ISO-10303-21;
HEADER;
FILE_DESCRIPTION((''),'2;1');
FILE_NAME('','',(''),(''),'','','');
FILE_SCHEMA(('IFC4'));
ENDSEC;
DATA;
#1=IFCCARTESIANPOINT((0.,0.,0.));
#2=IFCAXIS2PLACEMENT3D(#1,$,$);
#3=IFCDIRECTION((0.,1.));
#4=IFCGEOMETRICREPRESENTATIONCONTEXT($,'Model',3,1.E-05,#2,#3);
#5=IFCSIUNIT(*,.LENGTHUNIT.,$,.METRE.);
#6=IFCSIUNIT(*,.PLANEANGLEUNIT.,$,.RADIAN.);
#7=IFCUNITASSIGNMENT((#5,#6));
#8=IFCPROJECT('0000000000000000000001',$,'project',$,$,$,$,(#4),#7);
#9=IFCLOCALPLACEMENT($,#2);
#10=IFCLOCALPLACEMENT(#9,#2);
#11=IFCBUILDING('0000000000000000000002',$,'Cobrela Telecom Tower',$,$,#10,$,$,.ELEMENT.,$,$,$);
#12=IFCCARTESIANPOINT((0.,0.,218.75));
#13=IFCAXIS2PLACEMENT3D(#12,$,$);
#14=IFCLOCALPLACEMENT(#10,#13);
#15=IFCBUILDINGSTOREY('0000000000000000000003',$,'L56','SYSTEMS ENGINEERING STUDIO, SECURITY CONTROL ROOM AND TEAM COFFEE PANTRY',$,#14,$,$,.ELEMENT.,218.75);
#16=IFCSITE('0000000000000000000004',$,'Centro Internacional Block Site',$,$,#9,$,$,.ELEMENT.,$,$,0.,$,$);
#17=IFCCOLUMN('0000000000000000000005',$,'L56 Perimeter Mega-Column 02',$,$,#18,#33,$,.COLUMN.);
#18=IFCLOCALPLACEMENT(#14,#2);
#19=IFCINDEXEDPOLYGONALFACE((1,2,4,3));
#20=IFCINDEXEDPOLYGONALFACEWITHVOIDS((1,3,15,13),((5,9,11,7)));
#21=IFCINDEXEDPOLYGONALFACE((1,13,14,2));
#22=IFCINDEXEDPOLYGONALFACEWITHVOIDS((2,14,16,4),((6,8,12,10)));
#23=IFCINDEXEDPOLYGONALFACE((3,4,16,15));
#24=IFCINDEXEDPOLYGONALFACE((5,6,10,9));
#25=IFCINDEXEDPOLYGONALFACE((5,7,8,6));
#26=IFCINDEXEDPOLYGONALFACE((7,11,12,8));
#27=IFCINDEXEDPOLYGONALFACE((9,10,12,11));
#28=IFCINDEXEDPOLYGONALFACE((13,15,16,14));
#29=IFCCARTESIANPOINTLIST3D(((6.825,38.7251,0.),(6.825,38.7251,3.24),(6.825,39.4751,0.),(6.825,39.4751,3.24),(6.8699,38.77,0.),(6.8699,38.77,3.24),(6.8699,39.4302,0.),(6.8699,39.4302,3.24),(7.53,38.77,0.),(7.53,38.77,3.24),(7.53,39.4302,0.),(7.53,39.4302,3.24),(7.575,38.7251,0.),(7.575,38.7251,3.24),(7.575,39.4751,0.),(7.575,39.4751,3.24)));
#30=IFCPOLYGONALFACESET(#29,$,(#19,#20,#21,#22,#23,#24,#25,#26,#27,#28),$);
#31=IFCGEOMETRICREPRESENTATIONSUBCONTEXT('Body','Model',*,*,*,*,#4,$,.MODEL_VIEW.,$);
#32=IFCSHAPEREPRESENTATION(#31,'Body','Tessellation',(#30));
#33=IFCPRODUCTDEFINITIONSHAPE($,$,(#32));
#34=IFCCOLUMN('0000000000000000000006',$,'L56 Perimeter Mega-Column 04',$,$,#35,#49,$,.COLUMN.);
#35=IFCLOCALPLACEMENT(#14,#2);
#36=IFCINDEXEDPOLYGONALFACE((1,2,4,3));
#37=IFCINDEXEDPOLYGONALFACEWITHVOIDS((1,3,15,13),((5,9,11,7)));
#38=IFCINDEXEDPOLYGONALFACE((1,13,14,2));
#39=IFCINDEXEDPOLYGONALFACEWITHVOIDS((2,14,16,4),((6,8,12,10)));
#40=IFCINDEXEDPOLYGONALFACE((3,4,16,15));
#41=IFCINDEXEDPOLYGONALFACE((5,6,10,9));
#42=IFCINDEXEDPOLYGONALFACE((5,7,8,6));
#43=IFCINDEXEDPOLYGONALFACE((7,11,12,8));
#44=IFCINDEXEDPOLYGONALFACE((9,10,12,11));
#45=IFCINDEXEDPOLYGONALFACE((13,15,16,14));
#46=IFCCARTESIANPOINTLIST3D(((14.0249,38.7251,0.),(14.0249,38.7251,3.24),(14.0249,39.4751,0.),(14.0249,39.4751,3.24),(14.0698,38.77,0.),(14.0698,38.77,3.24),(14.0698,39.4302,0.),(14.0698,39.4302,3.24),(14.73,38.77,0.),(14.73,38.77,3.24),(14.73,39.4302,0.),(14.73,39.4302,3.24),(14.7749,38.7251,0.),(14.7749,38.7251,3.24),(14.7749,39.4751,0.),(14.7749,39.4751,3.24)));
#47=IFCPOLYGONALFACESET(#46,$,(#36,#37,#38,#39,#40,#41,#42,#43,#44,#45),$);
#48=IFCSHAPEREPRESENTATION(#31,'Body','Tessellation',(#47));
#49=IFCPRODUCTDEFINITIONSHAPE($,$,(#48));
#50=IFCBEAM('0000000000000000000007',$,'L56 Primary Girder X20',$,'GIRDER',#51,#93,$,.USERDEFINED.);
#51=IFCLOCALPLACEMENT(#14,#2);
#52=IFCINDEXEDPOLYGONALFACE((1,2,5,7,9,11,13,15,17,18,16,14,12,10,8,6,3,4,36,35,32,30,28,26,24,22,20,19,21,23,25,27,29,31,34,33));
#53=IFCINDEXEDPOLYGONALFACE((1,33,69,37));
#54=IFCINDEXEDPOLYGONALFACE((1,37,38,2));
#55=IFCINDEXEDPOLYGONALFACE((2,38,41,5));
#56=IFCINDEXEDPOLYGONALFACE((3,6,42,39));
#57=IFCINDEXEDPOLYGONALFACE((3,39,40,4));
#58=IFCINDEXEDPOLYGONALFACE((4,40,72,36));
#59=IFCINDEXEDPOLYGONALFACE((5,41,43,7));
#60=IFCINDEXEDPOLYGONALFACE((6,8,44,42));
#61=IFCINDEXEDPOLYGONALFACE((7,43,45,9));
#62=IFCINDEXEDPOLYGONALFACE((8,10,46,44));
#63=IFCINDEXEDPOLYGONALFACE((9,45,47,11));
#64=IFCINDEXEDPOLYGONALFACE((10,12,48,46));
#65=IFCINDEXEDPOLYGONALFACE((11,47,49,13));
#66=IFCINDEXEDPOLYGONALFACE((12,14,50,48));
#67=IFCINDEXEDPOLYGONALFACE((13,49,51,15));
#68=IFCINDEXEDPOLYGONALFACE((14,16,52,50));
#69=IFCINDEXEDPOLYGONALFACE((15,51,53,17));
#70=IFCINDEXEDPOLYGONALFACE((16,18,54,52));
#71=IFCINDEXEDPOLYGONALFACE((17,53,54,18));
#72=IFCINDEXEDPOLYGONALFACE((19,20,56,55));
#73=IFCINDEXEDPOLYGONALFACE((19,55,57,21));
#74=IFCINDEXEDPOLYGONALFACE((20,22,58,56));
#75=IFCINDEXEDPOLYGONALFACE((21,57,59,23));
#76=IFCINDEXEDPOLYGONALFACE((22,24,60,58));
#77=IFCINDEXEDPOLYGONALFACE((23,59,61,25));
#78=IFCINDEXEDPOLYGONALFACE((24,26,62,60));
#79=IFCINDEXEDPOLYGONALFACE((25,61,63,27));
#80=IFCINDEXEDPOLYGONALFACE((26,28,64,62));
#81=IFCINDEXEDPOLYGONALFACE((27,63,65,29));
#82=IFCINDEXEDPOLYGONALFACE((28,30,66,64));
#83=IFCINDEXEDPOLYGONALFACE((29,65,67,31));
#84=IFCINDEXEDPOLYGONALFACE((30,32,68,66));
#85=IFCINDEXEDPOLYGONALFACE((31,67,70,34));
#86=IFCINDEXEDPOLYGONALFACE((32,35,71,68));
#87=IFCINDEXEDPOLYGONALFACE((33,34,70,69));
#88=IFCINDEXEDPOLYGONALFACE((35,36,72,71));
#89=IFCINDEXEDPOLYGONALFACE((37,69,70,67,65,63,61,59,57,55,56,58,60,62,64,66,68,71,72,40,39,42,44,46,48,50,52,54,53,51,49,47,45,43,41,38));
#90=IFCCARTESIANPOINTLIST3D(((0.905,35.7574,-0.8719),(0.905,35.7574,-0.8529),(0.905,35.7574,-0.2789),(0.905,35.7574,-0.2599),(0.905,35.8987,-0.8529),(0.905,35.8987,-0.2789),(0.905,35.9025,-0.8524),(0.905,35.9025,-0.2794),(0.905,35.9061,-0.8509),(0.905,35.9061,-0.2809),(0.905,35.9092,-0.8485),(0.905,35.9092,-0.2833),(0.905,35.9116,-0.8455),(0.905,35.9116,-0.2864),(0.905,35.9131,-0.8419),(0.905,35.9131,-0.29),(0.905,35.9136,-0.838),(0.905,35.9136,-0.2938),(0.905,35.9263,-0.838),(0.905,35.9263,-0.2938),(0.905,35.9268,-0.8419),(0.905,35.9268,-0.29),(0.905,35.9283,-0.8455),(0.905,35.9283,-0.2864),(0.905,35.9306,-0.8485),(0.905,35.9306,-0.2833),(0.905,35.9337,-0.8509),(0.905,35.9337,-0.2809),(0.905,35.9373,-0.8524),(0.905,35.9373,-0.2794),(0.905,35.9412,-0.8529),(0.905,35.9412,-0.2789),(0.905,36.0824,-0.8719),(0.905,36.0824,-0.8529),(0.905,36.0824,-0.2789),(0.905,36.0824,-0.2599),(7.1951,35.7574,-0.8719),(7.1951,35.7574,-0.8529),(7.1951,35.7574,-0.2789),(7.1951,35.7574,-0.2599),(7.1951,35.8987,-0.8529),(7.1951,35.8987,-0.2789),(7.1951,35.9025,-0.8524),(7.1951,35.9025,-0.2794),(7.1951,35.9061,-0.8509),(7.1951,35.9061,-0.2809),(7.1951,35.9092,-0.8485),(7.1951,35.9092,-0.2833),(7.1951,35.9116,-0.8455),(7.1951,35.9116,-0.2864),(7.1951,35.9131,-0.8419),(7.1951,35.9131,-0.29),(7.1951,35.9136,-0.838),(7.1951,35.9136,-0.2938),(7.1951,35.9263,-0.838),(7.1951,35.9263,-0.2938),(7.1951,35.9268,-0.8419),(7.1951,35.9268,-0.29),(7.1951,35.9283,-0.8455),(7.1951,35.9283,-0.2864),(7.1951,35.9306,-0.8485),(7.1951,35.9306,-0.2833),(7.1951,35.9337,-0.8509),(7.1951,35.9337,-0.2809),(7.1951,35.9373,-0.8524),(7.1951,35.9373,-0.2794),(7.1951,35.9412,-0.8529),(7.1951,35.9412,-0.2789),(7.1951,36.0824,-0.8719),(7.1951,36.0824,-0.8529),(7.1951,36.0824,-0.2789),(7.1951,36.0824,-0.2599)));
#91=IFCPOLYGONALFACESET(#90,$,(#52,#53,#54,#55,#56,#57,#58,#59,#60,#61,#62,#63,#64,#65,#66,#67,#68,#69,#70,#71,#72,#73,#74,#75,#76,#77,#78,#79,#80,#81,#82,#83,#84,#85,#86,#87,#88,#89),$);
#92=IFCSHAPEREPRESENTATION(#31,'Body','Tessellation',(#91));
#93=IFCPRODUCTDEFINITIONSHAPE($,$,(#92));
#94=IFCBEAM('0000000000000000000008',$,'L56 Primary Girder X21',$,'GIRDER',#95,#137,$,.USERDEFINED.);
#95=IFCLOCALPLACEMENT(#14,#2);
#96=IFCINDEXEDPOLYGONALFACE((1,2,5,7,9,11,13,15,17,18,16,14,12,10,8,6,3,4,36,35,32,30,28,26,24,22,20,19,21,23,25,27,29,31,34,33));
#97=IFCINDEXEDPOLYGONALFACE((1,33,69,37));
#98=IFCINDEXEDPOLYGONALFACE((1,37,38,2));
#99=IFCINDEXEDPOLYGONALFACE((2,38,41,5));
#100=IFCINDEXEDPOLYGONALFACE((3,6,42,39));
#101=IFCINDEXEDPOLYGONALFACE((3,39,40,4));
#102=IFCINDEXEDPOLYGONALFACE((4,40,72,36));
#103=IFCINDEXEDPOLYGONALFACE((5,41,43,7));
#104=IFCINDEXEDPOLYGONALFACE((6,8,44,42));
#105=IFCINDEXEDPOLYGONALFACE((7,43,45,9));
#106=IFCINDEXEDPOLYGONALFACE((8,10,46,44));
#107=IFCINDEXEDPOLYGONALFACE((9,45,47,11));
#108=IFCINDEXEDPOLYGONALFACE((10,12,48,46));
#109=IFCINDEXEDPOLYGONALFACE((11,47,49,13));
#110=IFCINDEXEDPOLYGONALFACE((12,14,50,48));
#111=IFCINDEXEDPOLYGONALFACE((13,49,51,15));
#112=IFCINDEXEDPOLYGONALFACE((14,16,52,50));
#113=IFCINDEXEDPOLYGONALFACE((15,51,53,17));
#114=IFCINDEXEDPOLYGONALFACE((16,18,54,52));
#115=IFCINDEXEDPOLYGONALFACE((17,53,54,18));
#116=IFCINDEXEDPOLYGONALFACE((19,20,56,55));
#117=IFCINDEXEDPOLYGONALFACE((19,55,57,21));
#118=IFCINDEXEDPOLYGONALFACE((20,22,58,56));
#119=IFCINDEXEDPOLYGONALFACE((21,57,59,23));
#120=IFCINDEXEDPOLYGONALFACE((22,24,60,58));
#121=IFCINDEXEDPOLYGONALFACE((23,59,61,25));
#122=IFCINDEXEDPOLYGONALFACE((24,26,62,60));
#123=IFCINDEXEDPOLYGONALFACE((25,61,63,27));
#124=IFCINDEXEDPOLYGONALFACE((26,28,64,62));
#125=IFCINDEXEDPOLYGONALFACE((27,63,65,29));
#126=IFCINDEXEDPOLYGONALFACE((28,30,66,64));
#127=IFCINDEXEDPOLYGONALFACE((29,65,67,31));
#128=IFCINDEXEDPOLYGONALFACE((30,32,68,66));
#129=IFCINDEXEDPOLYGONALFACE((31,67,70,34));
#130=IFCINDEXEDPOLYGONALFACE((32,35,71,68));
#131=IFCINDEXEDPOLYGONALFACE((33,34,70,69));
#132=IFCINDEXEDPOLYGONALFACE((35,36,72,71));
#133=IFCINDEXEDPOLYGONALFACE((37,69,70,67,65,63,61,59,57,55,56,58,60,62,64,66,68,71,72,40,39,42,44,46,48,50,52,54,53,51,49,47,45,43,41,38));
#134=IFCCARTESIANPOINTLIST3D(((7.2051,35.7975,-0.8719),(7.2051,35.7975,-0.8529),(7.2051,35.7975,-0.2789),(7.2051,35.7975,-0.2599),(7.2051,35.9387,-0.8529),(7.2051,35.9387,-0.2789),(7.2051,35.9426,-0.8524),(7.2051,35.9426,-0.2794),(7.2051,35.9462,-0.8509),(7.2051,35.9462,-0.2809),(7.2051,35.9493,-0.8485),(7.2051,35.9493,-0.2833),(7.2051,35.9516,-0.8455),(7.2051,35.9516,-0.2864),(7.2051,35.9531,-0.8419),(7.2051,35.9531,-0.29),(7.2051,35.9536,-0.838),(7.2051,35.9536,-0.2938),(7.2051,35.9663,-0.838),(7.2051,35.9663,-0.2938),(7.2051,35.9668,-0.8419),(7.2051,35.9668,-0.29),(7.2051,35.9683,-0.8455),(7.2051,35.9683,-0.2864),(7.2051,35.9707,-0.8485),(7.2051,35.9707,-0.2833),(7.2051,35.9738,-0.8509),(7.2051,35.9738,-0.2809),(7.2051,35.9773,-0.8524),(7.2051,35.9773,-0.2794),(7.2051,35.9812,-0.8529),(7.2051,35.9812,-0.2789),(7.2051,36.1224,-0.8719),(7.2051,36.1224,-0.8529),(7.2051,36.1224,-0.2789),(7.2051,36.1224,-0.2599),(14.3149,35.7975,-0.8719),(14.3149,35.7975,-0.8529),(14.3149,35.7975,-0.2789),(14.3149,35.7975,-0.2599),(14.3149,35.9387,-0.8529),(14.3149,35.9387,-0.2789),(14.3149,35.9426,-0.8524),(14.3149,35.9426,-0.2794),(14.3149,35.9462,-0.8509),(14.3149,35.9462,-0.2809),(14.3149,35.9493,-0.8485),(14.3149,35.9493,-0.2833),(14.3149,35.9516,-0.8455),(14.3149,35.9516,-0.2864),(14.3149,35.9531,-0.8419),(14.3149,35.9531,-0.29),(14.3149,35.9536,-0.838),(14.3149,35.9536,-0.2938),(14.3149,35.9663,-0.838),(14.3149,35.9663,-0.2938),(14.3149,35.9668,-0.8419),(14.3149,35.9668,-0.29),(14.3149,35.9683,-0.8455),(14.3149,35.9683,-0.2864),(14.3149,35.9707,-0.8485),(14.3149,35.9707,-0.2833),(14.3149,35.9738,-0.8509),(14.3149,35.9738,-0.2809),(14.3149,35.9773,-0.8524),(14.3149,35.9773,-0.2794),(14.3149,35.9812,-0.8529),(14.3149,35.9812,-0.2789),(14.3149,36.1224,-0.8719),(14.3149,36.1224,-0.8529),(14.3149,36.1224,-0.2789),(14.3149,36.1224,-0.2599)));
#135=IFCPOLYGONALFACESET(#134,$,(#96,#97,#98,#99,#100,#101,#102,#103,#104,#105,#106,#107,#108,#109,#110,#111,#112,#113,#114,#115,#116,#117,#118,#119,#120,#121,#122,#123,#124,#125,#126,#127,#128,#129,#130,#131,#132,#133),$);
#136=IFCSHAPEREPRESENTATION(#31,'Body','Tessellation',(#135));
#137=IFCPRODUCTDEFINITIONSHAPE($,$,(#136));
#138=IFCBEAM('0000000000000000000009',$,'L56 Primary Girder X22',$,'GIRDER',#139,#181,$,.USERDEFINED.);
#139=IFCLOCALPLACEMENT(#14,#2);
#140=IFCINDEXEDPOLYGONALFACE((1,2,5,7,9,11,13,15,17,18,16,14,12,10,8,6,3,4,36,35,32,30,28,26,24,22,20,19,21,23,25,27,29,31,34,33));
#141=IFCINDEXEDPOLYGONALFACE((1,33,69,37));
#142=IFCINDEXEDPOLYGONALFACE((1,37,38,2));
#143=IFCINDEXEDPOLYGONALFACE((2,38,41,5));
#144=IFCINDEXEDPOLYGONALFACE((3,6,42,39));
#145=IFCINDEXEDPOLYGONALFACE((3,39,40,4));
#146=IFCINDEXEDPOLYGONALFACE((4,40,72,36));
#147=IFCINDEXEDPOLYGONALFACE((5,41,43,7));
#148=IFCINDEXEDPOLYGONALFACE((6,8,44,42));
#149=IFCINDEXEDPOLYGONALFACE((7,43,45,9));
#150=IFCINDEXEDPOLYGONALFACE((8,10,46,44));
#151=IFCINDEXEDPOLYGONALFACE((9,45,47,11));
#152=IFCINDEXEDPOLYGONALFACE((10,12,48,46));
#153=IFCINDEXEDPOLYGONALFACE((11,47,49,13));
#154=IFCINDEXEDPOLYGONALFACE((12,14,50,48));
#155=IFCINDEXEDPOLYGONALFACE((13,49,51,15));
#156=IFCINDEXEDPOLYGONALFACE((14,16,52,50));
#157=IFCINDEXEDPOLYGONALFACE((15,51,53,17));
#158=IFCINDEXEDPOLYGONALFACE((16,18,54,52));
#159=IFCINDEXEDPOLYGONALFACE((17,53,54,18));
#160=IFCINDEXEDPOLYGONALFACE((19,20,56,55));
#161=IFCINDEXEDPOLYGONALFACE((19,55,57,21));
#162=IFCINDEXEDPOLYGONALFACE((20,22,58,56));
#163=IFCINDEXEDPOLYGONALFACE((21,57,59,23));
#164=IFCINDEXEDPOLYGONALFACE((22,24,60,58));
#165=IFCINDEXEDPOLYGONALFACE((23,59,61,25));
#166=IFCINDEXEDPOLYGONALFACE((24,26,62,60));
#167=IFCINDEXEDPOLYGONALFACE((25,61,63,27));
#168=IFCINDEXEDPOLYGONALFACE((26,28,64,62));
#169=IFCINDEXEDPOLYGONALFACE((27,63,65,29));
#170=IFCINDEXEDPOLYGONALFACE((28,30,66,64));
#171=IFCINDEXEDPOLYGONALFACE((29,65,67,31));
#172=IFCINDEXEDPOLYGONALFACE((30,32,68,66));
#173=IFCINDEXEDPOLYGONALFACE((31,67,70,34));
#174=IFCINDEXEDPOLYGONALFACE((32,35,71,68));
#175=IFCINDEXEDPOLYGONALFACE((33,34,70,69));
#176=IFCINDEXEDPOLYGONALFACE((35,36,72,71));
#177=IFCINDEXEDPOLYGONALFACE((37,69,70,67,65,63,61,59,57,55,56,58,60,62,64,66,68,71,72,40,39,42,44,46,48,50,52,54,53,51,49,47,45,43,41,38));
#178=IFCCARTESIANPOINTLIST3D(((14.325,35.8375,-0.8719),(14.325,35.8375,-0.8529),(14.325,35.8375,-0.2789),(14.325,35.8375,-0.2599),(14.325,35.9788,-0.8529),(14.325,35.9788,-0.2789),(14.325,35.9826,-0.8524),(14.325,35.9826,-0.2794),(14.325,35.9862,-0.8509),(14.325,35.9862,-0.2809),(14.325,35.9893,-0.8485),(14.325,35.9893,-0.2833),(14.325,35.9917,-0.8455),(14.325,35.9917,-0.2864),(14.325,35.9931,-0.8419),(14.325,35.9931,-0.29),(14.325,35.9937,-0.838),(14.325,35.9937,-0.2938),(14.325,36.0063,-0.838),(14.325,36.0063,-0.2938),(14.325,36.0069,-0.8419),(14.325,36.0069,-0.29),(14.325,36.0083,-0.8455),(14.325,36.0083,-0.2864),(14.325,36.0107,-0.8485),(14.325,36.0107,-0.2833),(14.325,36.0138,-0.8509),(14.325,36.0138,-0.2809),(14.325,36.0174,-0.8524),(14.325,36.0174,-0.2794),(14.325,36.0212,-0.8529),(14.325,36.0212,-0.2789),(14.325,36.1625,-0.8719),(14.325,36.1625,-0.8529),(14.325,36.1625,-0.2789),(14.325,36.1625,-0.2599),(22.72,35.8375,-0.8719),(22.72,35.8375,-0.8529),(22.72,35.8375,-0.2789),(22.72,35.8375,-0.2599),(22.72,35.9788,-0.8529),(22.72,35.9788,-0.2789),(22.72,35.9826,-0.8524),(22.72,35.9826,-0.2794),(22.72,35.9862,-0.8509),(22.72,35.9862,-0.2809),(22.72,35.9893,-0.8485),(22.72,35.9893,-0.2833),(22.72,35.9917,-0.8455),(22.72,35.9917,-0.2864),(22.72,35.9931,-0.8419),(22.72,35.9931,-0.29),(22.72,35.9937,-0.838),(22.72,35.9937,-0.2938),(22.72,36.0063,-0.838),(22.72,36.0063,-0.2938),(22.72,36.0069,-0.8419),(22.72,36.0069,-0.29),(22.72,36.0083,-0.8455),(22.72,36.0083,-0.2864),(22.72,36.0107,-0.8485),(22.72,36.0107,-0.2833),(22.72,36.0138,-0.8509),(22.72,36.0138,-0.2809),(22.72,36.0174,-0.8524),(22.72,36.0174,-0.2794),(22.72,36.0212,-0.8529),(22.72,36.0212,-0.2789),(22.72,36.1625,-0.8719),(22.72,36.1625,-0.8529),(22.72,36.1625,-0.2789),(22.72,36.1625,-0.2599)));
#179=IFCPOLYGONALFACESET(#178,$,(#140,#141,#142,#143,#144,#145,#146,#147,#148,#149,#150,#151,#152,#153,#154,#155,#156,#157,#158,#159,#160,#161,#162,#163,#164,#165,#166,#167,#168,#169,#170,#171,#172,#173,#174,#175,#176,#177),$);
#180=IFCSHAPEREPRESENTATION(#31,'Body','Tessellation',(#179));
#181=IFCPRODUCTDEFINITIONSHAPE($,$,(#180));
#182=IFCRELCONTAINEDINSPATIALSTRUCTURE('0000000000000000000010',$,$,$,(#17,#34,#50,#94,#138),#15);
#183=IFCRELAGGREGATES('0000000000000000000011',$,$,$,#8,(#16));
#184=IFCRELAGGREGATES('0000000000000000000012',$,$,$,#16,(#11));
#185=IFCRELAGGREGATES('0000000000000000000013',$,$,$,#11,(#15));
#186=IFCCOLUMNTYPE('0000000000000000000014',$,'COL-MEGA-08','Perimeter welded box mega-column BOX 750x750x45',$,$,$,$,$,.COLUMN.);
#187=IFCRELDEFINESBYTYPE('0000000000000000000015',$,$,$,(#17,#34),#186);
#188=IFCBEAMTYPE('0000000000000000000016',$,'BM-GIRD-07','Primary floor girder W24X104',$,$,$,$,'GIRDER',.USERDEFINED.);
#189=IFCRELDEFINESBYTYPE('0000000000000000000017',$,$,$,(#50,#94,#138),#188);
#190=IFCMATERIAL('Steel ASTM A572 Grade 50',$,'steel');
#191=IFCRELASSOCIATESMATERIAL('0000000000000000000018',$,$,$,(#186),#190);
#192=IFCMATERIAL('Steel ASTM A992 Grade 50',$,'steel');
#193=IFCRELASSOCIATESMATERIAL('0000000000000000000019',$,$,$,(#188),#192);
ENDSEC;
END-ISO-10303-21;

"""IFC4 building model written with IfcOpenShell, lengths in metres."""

from ifc_helpers import new_model, si_unit, direction, frame, origin, origin_2d, place, context, subcontext, project, spatial, hollow_rectangle, i_section, extrude, material, material_profile, profile_set, type_object, element, save


model = new_model("IFC4")

# Units and contexts
model_context = context("Model", 3, precision=1e-05, world=origin(), true_north=direction((0.0, 1.0)))
body_context = subcontext(model_context, "Body", "Model", "MODEL_VIEW")
ifc_project = project(units=[si_unit("LENGTHUNIT", "METRE"), si_unit("PLANEANGLEUNIT", "RADIAN")], contexts=[model_context])

# Site, building, storey
site_placement = place(None, origin())
site = spatial("IfcSite", under=ifc_project, at=site_placement, Name="Centro Internacional Block Site", CompositionType="ELEMENT", RefElevation=0.0)
building_placement = place(site_placement, origin())
building = spatial("IfcBuilding", under=site, at=building_placement, Name="Cobrela Telecom Tower", CompositionType="ELEMENT")
storey_placement = place(building_placement, frame((0.0, 0.0, 218.75)))
storey = spatial("IfcBuildingStorey", under=building, at=storey_placement, Name="L56", Description="SYSTEMS ENGINEERING STUDIO, SECURITY CONTROL ROOM AND TEAM COFFEE PANTRY", CompositionType="ELEMENT", Elevation=218.75)

# Columns
ifc_material_1 = material(Name="Steel ASTM A572 Grade 50", Category="steel")
ifc_material_profile_1 = material_profile(ifc_material_1, hollow_rectangle(XDim=0.75, YDim=0.75, WallThickness=0.0449, at=origin_2d()), Name="BOX 750x750x45")
ifc_profile_set_1 = profile_set([ifc_material_profile_1], Name="Steel ASTM A572 Grade 50")
column_type = type_object("IfcColumnType", Name="COL-MEGA-08", Description="Perimeter welded box mega-column BOX 750x750x45", PredefinedType="COLUMN", material=ifc_profile_set_1)
for number, where, z_axis, x_axis, name in (
    (1, (7.2, 39.1001, 0.0), (0.0, 0.0, 1.0), (1.0, 0.0, 0.0), "L56 Perimeter Mega-Column 02"),
    (2, (14.3999, 39.1001, 0.0), (0.0, 0.0, 1.0), (1.0, 0.0, 0.0), "L56 Perimeter Mega-Column 04"),
):
    element("IfcColumn", number, at=place(storey_placement, frame(where, z_axis=z_axis, x_axis=x_axis)), inside=storey, type_object=column_type, Name=name, PredefinedType="COLUMN", context=body_context, shape_type="SweptSolid", body=[
        extrude(hollow_rectangle(XDim=0.75, YDim=0.75, WallThickness=0.0449, at=origin_2d()), origin(), (0.0, 0.0, 1.0), 3.24),
    ])

# Beams
ifc_material_2 = material(Name="Steel ASTM A992 Grade 50", Category="steel")
ifc_material_profile_2 = material_profile(ifc_material_2, i_section(OverallWidth=0.325, OverallDepth=0.6121, WebThickness=0.0127, FlangeThickness=0.019, FilletRadius=0.0149, at=origin_2d()), Name="W24X104")
ifc_profile_set_2 = profile_set([ifc_material_profile_2], Name="Steel ASTM A992 Grade 50")
beam_type_1 = type_object("IfcBeamType", Name="BM-GIRD-07", Description="Primary floor girder W24X104", ElementType="GIRDER", PredefinedType="USERDEFINED", material=ifc_profile_set_2)
beam_1_placement = place(storey_placement, frame((0.905, 35.9199, -0.5659), z_axis=(1.0, 0.0, 0.0), x_axis=(0.0, 1.0, 0.0)))
element("IfcBeam", 3, at=beam_1_placement, inside=storey, type_object=beam_type_1, Name="L56 Primary Girder X20", ObjectType="GIRDER", PredefinedType="USERDEFINED", context=body_context, shape_type="SweptSolid", body=[
    extrude(i_section(OverallWidth=0.325, OverallDepth=0.6121, WebThickness=0.0127, FlangeThickness=0.019, FilletRadius=0.0149, at=origin_2d()), origin(), (0.0, 0.0, 1.0), 6.29),
])
beam_2_placement = place(storey_placement, frame((7.2051, 35.96, -0.5659), z_axis=(1.0, 0.0, 0.0), x_axis=(0.0, 1.0, 0.0)))
element("IfcBeam", 4, at=beam_2_placement, inside=storey, type_object=beam_type_1, Name="L56 Primary Girder X21", ObjectType="GIRDER", PredefinedType="USERDEFINED", context=body_context, shape_type="SweptSolid", body=[
    extrude(i_section(OverallWidth=0.325, OverallDepth=0.6121, WebThickness=0.0127, FlangeThickness=0.019, FilletRadius=0.0149, at=origin_2d()), origin(), (0.0, 0.0, 1.0), 7.1099),
])
beam_3_placement = place(storey_placement, frame((14.325, 36.0, -0.5659), z_axis=(1.0, 0.0, 0.0), x_axis=(0.0, 1.0, 0.0)))
element("IfcBeam", 5, at=beam_3_placement, inside=storey, type_object=beam_type_1, Name="L56 Primary Girder X22", ObjectType="GIRDER", PredefinedType="USERDEFINED", context=body_context, shape_type="SweptSolid", body=[
    extrude(i_section(OverallWidth=0.325, OverallDepth=0.6121, WebThickness=0.0127, FlangeThickness=0.019, FilletRadius=0.0149, at=origin_2d()), origin(), (0.0, 0.0, 1.0), 8.395),
])

save(model, "model.ifc")
